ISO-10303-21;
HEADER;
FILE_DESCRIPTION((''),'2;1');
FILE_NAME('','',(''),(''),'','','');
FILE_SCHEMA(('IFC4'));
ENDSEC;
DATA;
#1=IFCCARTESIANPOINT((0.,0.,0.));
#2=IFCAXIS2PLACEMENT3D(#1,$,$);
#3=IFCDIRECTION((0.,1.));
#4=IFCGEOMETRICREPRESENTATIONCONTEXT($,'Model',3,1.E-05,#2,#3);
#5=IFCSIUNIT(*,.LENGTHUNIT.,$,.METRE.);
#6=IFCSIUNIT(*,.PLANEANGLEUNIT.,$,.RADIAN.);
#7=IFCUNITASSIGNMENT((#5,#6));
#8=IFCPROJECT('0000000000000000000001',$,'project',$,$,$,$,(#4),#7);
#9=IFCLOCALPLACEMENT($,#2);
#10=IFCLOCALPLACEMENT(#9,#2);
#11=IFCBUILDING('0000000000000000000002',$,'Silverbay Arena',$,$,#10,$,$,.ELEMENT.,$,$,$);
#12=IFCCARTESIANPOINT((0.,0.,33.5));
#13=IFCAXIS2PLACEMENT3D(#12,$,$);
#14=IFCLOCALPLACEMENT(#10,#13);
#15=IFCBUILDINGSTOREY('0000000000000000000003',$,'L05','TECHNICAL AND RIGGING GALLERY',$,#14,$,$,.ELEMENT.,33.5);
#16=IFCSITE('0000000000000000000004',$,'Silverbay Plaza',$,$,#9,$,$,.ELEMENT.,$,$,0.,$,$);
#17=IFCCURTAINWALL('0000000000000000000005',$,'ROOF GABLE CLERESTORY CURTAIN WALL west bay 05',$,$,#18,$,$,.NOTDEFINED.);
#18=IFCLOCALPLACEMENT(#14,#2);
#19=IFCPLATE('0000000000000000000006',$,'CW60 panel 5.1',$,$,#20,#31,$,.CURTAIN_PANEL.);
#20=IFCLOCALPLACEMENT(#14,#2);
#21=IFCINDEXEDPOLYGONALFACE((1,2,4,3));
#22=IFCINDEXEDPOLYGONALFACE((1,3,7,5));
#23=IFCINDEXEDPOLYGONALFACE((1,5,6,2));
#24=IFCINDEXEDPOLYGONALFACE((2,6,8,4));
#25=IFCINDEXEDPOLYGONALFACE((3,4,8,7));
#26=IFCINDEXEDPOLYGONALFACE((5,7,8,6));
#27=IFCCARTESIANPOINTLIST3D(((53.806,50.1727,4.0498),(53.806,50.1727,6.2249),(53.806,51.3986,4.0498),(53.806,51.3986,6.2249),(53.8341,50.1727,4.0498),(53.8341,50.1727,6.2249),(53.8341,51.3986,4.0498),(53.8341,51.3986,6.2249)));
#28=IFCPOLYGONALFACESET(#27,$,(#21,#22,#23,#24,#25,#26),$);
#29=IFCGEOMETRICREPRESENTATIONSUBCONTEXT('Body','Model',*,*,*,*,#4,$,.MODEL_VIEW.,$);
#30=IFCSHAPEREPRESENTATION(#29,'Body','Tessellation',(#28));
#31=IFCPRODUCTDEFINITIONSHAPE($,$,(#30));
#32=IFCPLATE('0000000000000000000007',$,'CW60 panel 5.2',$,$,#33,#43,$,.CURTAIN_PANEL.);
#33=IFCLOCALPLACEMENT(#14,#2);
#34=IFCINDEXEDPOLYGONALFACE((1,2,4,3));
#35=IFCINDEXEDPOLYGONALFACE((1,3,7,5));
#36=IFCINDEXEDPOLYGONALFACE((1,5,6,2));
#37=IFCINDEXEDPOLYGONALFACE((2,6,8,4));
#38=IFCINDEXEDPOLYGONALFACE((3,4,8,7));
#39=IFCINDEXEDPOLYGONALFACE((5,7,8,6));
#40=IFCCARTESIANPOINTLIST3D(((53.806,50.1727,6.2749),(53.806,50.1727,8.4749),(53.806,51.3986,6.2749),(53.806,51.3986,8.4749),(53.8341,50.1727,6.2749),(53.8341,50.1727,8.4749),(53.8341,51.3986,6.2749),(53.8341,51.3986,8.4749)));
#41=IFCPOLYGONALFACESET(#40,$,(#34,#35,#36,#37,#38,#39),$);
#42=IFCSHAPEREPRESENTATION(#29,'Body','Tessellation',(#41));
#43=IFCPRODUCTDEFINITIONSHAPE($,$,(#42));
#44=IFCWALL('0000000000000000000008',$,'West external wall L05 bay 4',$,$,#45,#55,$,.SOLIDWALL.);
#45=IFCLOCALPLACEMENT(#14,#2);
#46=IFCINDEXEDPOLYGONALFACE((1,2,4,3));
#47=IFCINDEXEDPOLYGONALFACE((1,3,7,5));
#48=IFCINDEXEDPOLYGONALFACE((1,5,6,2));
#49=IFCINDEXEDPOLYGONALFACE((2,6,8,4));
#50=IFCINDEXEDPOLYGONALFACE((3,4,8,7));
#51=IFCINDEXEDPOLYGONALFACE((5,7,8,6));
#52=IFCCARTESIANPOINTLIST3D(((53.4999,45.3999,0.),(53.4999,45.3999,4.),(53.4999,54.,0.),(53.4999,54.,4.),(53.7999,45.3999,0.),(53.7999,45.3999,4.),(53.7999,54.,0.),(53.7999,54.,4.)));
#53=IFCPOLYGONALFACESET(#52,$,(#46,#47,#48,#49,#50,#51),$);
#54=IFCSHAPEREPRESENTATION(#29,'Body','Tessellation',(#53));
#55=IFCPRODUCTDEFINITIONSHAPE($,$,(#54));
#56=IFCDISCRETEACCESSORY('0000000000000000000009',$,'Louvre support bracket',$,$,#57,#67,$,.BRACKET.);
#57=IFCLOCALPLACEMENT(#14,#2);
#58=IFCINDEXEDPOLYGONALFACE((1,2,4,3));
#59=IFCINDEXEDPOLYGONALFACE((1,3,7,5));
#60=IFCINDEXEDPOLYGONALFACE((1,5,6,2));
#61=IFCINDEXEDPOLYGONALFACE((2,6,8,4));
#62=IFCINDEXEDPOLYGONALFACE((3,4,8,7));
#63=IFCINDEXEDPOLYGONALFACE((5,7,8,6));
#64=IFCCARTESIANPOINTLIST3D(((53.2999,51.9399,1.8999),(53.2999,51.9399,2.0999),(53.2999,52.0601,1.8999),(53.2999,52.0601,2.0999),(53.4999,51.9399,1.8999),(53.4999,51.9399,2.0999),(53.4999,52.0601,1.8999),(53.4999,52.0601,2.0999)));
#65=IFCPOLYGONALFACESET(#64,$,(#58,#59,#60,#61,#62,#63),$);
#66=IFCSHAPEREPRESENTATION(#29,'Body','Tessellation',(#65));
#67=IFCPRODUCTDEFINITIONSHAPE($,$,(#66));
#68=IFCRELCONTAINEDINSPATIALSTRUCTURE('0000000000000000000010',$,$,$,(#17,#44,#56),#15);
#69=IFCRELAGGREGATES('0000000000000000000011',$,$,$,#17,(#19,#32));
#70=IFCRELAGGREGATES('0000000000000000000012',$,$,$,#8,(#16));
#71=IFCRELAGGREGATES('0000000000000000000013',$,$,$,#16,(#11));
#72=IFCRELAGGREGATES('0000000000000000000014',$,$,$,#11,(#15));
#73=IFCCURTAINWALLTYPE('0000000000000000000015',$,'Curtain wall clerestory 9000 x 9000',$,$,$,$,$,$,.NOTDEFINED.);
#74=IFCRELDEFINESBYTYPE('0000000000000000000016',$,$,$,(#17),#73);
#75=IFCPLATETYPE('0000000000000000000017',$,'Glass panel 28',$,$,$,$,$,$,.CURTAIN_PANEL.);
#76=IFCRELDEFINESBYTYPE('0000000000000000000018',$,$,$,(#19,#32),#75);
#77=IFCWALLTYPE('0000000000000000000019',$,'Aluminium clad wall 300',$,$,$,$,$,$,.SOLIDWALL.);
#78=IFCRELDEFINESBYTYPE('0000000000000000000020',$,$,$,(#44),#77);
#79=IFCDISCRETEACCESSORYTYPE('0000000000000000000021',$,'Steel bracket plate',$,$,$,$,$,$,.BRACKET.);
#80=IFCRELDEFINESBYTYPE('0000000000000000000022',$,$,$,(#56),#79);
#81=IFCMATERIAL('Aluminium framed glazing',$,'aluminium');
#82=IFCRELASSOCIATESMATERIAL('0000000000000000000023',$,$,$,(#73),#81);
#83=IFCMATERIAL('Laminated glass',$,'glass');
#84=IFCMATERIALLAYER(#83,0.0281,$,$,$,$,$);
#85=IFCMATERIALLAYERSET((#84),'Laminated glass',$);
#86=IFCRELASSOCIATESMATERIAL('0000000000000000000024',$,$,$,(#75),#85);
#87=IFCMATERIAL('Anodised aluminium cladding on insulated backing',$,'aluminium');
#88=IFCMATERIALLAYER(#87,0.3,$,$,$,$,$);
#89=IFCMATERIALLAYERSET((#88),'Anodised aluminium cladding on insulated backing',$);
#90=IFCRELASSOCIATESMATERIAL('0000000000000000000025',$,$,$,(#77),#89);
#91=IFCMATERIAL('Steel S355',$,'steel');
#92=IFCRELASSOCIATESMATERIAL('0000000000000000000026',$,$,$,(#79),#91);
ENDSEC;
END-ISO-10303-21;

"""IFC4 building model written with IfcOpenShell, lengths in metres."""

from ifc_helpers import new_model, si_unit, direction, frame, frame_2d, origin, origin_2d, place, context, subcontext, project, spatial, rectangle, extrude, material, layer, layer_set, type_object, element, aggregate, save


model = new_model("IFC4")

# Units and contexts
model_context = context("Model", 3, precision=1e-05, world=origin(), true_north=direction((0.0, 1.0)))
body_context = subcontext(model_context, "Body", "Model", "MODEL_VIEW")
ifc_project = project(units=[si_unit("LENGTHUNIT", "METRE"), si_unit("PLANEANGLEUNIT", "RADIAN")], contexts=[model_context])

# Site, building, storey
site_placement = place(None, origin())
site = spatial("IfcSite", under=ifc_project, at=site_placement, Name="Silverbay Plaza", CompositionType="ELEMENT", RefElevation=0.0)
building_placement = place(site_placement, origin())
building = spatial("IfcBuilding", under=site, at=building_placement, Name="Silverbay Arena", CompositionType="ELEMENT")
storey_placement = place(building_placement, frame((0.0, 0.0, 33.5)))
storey = spatial("IfcBuildingStorey", under=building, at=storey_placement, Name="L05", Description="TECHNICAL AND RIGGING GALLERY", CompositionType="ELEMENT", Elevation=33.5)

# Curtain wall
ifc_material_1 = material(Name="Aluminium framed glazing", Category="aluminium")
curtain_wall_type = type_object("IfcCurtainWallType", Name="Curtain wall clerestory 9000 x 9000", PredefinedType="NOTDEFINED", material=ifc_material_1)
curtain_wall_1_placement = place(storey_placement, origin())
curtain_wall_1 = element("IfcCurtainWall", 1, at=curtain_wall_1_placement, inside=storey, type_object=curtain_wall_type, Name="ROOF GABLE CLERESTORY CURTAIN WALL west bay 05", PredefinedType="NOTDEFINED")

# Plates
ifc_material_2 = material(Name="Laminated glass", Category="glass")
ifc_layer_1 = layer(ifc_material_2, 0.0281)
ifc_layer_set_1 = layer_set([ifc_layer_1], Name="Laminated glass")
plate_type = type_object("IfcPlateType", Name="Glass panel 28", PredefinedType="CURTAIN_PANEL", material=ifc_layer_set_1)
plate_1_placement = place(storey_placement, frame((53.8201, 50.7856, 4.0498), z_axis=(0.0, 0.0, 1.0), x_axis=(0.0, 1.0, 0.0)))
plate_1 = element("IfcPlate", 2, at=plate_1_placement, type_object=plate_type, Name="CW60 panel 5.1", PredefinedType="CURTAIN_PANEL", context=body_context, shape_type="SweptSolid", body=[
    extrude(rectangle(XDim=1.2258, YDim=0.0281, at=origin_2d()), origin(), (0.0, 0.0, 1.0), 2.175),
])
plate_2_placement = place(storey_placement, frame((53.8201, 50.7856, 6.2749), z_axis=(0.0, 0.0, 1.0), x_axis=(0.0, 1.0, 0.0)))
plate_2 = element("IfcPlate", 3, at=plate_2_placement, type_object=plate_type, Name="CW60 panel 5.2", PredefinedType="CURTAIN_PANEL", context=body_context, shape_type="SweptSolid", body=[
    extrude(rectangle(XDim=1.2258, YDim=0.0281, at=origin_2d()), origin(), (0.0, 0.0, 1.0), 2.2),
])
aggregate(curtain_wall_1, [plate_1, plate_2])

# Wall
ifc_material_3 = material(Name="Anodised aluminium cladding on insulated backing", Category="aluminium")
ifc_layer_2 = layer(ifc_material_3, 0.3)
ifc_layer_set_2 = layer_set([ifc_layer_2], Name="Anodised aluminium cladding on insulated backing")
wall_type = type_object("IfcWallType", Name="Aluminium clad wall 300", PredefinedType="SOLIDWALL", material=ifc_layer_set_2)
wall_placement = place(storey_placement, frame((53.6499, 54.0, 0.0), z_axis=(0.0, 0.0, 1.0), x_axis=(0.0, -1.0, 0.0)))
element("IfcWall", 4, at=wall_placement, inside=storey, type_object=wall_type, Name="West external wall L05 bay 4", PredefinedType="SOLIDWALL", context=body_context, shape_type="SweptSolid", body=[
    extrude(rectangle(XDim=8.6001, YDim=0.3, at=frame_2d((4.3, 0.0))), origin(), (0.0, 0.0, 1.0), 4.0),
])

# Discrete accessory
ifc_material_4 = material(Name="Steel S355", Category="steel")
discrete_accessory_type = type_object("IfcDiscreteAccessoryType", Name="Steel bracket plate", PredefinedType="BRACKET", material=ifc_material_4)
discrete_accessory_placement = place(storey_placement, frame((53.3999, 52.0, 1.8999), z_axis=(0.0, 0.0, 1.0), x_axis=(0.0, 1.0, 0.0)))
element("IfcDiscreteAccessory", 5, at=discrete_accessory_placement, inside=storey, type_object=discrete_accessory_type, Name="Louvre support bracket", PredefinedType="BRACKET", context=body_context, shape_type="SweptSolid", body=[
    extrude(rectangle(XDim=0.1201, YDim=0.2, at=origin_2d()), origin(), (0.0, 0.0, 1.0), 0.2),
])

save(model, "model.ifc")
